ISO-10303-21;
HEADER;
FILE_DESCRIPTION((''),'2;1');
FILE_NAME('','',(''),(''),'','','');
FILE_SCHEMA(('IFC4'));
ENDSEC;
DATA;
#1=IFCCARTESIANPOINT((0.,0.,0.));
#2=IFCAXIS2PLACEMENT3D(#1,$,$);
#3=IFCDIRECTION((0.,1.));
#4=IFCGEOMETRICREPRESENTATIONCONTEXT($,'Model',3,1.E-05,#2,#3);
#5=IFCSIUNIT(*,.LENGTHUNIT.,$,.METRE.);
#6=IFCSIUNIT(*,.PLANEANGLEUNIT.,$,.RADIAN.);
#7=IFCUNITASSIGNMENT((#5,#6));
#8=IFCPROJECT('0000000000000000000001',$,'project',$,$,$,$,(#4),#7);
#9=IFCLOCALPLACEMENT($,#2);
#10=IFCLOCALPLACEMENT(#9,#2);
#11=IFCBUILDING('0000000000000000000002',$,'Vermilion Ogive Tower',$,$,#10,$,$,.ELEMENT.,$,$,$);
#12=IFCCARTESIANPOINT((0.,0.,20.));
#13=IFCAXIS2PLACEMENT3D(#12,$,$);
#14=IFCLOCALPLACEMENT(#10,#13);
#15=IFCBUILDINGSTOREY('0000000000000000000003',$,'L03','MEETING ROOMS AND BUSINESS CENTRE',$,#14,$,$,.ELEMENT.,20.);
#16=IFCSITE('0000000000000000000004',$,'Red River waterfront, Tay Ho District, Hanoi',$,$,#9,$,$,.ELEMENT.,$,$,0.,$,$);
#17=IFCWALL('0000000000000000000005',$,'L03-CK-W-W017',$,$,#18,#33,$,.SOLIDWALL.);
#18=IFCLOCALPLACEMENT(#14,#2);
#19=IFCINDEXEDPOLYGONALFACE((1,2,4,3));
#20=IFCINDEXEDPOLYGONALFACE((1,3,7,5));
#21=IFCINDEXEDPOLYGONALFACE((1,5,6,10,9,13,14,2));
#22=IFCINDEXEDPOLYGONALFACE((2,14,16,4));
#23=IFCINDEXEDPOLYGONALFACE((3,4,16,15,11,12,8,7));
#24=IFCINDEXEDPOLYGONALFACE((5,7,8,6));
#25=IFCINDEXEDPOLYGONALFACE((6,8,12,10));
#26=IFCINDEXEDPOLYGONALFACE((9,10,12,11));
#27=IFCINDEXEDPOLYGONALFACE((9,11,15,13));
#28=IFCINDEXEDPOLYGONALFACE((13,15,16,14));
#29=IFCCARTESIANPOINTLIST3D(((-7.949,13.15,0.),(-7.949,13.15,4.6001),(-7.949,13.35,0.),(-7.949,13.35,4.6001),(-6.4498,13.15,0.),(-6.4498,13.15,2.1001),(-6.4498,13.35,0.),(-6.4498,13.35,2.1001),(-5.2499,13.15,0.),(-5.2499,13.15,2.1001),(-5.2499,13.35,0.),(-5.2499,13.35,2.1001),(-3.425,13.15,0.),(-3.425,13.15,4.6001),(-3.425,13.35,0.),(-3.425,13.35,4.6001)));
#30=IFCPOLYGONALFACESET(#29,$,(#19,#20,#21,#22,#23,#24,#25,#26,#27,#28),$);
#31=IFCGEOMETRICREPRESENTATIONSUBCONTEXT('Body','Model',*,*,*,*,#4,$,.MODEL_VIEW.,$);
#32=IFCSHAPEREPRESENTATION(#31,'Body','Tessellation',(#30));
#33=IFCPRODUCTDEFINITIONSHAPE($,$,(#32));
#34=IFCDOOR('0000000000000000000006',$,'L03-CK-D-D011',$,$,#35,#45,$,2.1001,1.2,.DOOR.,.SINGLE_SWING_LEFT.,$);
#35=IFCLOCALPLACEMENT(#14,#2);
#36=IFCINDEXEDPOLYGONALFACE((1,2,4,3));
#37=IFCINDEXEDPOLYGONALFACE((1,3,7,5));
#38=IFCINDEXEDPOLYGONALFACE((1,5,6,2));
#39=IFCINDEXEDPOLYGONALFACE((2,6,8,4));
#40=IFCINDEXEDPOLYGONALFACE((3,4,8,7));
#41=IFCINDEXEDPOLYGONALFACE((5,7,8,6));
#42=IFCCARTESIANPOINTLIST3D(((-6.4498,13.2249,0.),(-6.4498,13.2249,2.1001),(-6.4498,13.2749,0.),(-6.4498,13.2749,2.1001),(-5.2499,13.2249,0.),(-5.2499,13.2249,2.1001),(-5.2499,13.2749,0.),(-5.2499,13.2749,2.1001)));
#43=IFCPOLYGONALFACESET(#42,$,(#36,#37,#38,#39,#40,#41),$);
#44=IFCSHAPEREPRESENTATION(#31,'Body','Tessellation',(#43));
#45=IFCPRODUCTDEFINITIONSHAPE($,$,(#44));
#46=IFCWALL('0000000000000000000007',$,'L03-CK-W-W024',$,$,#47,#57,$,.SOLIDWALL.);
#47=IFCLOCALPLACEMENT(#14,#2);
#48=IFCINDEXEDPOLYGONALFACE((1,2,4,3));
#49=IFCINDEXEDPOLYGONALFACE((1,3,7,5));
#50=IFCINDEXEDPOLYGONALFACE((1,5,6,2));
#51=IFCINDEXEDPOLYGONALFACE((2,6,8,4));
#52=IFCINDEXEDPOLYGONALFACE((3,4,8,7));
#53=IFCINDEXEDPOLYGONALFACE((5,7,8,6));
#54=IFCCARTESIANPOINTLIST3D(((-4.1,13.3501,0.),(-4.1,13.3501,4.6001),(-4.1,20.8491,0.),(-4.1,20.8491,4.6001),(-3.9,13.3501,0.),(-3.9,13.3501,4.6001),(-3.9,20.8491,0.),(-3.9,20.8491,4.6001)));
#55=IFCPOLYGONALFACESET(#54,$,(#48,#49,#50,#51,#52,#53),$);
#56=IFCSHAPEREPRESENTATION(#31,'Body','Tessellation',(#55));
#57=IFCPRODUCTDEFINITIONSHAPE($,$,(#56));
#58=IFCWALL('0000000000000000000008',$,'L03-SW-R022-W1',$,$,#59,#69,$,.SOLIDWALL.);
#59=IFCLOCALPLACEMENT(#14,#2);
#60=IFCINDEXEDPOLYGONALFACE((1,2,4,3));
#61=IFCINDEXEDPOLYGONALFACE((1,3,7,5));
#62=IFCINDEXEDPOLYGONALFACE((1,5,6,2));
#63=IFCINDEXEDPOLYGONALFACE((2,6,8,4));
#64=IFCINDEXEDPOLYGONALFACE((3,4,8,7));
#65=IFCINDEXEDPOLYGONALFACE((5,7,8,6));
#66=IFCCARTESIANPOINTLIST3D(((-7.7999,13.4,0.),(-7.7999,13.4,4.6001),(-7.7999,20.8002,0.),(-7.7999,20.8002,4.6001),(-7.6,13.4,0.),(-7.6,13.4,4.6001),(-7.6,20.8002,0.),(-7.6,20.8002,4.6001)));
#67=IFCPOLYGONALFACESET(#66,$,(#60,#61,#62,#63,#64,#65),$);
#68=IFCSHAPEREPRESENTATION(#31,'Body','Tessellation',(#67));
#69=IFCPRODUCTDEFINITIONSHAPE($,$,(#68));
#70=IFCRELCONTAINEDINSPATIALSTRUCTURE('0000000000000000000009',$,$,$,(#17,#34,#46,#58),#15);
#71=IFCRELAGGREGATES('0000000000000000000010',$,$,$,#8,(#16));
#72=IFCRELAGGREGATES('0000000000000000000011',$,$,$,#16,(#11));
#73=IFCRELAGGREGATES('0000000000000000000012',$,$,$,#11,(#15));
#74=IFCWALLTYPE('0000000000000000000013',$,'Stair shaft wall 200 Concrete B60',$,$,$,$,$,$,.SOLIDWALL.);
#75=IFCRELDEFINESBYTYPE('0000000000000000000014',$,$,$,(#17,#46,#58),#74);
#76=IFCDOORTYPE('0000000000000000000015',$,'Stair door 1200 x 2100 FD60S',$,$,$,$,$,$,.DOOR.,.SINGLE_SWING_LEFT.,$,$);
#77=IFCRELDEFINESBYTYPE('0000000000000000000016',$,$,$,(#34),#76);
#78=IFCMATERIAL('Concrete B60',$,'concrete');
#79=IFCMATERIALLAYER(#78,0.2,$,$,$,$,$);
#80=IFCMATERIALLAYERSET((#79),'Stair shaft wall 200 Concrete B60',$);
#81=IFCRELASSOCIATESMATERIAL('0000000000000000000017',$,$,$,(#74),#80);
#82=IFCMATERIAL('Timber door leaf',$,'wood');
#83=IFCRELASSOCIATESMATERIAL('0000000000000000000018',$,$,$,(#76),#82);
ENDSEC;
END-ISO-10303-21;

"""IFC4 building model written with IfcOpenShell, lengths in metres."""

from ifc_helpers import new_model, si_unit, direction, frame, frame_2d, origin, place, context, subcontext, project, spatial, rectangle, extrude, material, layer, layer_set, type_object, element, fill, save


model = new_model("IFC4")

# Units and contexts
model_context = context("Model", 3, precision=1e-05, world=origin(), true_north=direction((0.0, 1.0)))
body_context = subcontext(model_context, "Body", "Model", "MODEL_VIEW")
ifc_project = project(units=[si_unit("LENGTHUNIT", "METRE"), si_unit("PLANEANGLEUNIT", "RADIAN")], contexts=[model_context])

# Site, building, storey
site_placement = place(None, origin())
site = spatial("IfcSite", under=ifc_project, at=site_placement, Name="Red River waterfront, Tay Ho District, Hanoi", CompositionType="ELEMENT", RefElevation=0.0)
building_placement = place(site_placement, origin())
building = spatial("IfcBuilding", under=site, at=building_placement, Name="Vermilion Ogive Tower", CompositionType="ELEMENT")
storey_placement = place(building_placement, frame((0.0, 0.0, 20.0)))
storey = spatial("IfcBuildingStorey", under=building, at=storey_placement, Name="L03", Description="MEETING ROOMS AND BUSINESS CENTRE", CompositionType="ELEMENT", Elevation=20.0)

# Wall, opening, door
ifc_material_1 = material(Name="Concrete B60", Category="concrete")
ifc_layer_1 = layer(ifc_material_1, 0.2)
ifc_layer_set_1 = layer_set([ifc_layer_1], Name="Stair shaft wall 200 Concrete B60")
wall_type_1 = type_object("IfcWallType", Name="Stair shaft wall 200 Concrete B60", PredefinedType="SOLIDWALL", material=ifc_layer_set_1)
wall_1_placement = place(storey_placement, frame((-7.949, 13.25, 0.0), z_axis=(0.0, 0.0, 1.0), x_axis=(1.0, 0.0, 0.0)))
wall_1 = element("IfcWall", 1, at=wall_1_placement, inside=storey, type_object=wall_type_1, Name="L03-CK-W-W017", PredefinedType="SOLIDWALL", context=body_context, shape_type="SweptSolid", body=[
    extrude(rectangle(XDim=4.5239, YDim=0.2, at=frame_2d((2.262, 0.0))), origin(), (0.0, 0.0, 1.0), 4.6001),
])
opening_1_placement = place(wall_1_placement, frame((1.499, 0.0, 0.0)))
opening_1 = element("IfcOpeningElement", 2, at=opening_1_placement, cuts=wall_1, PredefinedType="OPENING", context=body_context, shape_type="SweptSolid", body=[
    extrude(rectangle(XDim=1.2, YDim=2.1001, at=frame_2d((0.6001, 1.05))), frame((0.0, 0.1099, 0.0), z_axis=(0.0, -1.0, 0.0), x_axis=(1.0, 0.0, 0.0)), (0.0, 0.0, 1.0), 0.22),
])
ifc_material_2 = material(Name="Timber door leaf", Category="wood")
door_type_1 = type_object("IfcDoorType", Name="Stair door 1200 x 2100 FD60S", OperationType="SINGLE_SWING_LEFT", PredefinedType="DOOR", material=ifc_material_2)
door_1_placement = place(opening_1_placement, origin())
door_1 = element("IfcDoor", 3, at=door_1_placement, inside=storey, type_object=door_type_1, Name="L03-CK-D-D011", OperationType="SINGLE_SWING_LEFT", OverallHeight=2.1001, OverallWidth=1.2, PredefinedType="DOOR", context=body_context, shape_type="SweptSolid", body=[
    extrude(rectangle(XDim=1.2, YDim=2.1001, at=frame_2d((0.6001, 1.05))), frame((0.0, 0.0249, 0.0), z_axis=(0.0, -1.0, 0.0), x_axis=(1.0, 0.0, 0.0)), (0.0, 0.0, 1.0), 0.05),
])
fill(opening_1, door_1)

# Walls
wall_2_placement = place(storey_placement, frame((-4.0, 13.3501, 0.0), z_axis=(0.0, 0.0, 1.0), x_axis=(0.0, 1.0, 0.0)))
element("IfcWall", 4, at=wall_2_placement, inside=storey, type_object=wall_type_1, Name="L03-CK-W-W024", PredefinedType="SOLIDWALL", context=body_context, shape_type="SweptSolid", body=[
    extrude(rectangle(XDim=7.499, YDim=0.2, at=frame_2d((3.7495, 0.0))), origin(), (0.0, 0.0, 1.0), 4.6001),
])
wall_3_placement = place(storey_placement, frame((-7.7, 13.3999, 0.0), z_axis=(0.0, 0.0, 1.0), x_axis=(0.0, 1.0, 0.0)))
element("IfcWall", 5, at=wall_3_placement, inside=storey, type_object=wall_type_1, Name="L03-SW-R022-W1", PredefinedType="SOLIDWALL", context=body_context, shape_type="SweptSolid", body=[
    extrude(rectangle(XDim=7.4001, YDim=0.2, at=frame_2d((3.7002, 0.0))), origin(), (0.0, 0.0, 1.0), 4.6001),
])

save(model, "model.ifc")
